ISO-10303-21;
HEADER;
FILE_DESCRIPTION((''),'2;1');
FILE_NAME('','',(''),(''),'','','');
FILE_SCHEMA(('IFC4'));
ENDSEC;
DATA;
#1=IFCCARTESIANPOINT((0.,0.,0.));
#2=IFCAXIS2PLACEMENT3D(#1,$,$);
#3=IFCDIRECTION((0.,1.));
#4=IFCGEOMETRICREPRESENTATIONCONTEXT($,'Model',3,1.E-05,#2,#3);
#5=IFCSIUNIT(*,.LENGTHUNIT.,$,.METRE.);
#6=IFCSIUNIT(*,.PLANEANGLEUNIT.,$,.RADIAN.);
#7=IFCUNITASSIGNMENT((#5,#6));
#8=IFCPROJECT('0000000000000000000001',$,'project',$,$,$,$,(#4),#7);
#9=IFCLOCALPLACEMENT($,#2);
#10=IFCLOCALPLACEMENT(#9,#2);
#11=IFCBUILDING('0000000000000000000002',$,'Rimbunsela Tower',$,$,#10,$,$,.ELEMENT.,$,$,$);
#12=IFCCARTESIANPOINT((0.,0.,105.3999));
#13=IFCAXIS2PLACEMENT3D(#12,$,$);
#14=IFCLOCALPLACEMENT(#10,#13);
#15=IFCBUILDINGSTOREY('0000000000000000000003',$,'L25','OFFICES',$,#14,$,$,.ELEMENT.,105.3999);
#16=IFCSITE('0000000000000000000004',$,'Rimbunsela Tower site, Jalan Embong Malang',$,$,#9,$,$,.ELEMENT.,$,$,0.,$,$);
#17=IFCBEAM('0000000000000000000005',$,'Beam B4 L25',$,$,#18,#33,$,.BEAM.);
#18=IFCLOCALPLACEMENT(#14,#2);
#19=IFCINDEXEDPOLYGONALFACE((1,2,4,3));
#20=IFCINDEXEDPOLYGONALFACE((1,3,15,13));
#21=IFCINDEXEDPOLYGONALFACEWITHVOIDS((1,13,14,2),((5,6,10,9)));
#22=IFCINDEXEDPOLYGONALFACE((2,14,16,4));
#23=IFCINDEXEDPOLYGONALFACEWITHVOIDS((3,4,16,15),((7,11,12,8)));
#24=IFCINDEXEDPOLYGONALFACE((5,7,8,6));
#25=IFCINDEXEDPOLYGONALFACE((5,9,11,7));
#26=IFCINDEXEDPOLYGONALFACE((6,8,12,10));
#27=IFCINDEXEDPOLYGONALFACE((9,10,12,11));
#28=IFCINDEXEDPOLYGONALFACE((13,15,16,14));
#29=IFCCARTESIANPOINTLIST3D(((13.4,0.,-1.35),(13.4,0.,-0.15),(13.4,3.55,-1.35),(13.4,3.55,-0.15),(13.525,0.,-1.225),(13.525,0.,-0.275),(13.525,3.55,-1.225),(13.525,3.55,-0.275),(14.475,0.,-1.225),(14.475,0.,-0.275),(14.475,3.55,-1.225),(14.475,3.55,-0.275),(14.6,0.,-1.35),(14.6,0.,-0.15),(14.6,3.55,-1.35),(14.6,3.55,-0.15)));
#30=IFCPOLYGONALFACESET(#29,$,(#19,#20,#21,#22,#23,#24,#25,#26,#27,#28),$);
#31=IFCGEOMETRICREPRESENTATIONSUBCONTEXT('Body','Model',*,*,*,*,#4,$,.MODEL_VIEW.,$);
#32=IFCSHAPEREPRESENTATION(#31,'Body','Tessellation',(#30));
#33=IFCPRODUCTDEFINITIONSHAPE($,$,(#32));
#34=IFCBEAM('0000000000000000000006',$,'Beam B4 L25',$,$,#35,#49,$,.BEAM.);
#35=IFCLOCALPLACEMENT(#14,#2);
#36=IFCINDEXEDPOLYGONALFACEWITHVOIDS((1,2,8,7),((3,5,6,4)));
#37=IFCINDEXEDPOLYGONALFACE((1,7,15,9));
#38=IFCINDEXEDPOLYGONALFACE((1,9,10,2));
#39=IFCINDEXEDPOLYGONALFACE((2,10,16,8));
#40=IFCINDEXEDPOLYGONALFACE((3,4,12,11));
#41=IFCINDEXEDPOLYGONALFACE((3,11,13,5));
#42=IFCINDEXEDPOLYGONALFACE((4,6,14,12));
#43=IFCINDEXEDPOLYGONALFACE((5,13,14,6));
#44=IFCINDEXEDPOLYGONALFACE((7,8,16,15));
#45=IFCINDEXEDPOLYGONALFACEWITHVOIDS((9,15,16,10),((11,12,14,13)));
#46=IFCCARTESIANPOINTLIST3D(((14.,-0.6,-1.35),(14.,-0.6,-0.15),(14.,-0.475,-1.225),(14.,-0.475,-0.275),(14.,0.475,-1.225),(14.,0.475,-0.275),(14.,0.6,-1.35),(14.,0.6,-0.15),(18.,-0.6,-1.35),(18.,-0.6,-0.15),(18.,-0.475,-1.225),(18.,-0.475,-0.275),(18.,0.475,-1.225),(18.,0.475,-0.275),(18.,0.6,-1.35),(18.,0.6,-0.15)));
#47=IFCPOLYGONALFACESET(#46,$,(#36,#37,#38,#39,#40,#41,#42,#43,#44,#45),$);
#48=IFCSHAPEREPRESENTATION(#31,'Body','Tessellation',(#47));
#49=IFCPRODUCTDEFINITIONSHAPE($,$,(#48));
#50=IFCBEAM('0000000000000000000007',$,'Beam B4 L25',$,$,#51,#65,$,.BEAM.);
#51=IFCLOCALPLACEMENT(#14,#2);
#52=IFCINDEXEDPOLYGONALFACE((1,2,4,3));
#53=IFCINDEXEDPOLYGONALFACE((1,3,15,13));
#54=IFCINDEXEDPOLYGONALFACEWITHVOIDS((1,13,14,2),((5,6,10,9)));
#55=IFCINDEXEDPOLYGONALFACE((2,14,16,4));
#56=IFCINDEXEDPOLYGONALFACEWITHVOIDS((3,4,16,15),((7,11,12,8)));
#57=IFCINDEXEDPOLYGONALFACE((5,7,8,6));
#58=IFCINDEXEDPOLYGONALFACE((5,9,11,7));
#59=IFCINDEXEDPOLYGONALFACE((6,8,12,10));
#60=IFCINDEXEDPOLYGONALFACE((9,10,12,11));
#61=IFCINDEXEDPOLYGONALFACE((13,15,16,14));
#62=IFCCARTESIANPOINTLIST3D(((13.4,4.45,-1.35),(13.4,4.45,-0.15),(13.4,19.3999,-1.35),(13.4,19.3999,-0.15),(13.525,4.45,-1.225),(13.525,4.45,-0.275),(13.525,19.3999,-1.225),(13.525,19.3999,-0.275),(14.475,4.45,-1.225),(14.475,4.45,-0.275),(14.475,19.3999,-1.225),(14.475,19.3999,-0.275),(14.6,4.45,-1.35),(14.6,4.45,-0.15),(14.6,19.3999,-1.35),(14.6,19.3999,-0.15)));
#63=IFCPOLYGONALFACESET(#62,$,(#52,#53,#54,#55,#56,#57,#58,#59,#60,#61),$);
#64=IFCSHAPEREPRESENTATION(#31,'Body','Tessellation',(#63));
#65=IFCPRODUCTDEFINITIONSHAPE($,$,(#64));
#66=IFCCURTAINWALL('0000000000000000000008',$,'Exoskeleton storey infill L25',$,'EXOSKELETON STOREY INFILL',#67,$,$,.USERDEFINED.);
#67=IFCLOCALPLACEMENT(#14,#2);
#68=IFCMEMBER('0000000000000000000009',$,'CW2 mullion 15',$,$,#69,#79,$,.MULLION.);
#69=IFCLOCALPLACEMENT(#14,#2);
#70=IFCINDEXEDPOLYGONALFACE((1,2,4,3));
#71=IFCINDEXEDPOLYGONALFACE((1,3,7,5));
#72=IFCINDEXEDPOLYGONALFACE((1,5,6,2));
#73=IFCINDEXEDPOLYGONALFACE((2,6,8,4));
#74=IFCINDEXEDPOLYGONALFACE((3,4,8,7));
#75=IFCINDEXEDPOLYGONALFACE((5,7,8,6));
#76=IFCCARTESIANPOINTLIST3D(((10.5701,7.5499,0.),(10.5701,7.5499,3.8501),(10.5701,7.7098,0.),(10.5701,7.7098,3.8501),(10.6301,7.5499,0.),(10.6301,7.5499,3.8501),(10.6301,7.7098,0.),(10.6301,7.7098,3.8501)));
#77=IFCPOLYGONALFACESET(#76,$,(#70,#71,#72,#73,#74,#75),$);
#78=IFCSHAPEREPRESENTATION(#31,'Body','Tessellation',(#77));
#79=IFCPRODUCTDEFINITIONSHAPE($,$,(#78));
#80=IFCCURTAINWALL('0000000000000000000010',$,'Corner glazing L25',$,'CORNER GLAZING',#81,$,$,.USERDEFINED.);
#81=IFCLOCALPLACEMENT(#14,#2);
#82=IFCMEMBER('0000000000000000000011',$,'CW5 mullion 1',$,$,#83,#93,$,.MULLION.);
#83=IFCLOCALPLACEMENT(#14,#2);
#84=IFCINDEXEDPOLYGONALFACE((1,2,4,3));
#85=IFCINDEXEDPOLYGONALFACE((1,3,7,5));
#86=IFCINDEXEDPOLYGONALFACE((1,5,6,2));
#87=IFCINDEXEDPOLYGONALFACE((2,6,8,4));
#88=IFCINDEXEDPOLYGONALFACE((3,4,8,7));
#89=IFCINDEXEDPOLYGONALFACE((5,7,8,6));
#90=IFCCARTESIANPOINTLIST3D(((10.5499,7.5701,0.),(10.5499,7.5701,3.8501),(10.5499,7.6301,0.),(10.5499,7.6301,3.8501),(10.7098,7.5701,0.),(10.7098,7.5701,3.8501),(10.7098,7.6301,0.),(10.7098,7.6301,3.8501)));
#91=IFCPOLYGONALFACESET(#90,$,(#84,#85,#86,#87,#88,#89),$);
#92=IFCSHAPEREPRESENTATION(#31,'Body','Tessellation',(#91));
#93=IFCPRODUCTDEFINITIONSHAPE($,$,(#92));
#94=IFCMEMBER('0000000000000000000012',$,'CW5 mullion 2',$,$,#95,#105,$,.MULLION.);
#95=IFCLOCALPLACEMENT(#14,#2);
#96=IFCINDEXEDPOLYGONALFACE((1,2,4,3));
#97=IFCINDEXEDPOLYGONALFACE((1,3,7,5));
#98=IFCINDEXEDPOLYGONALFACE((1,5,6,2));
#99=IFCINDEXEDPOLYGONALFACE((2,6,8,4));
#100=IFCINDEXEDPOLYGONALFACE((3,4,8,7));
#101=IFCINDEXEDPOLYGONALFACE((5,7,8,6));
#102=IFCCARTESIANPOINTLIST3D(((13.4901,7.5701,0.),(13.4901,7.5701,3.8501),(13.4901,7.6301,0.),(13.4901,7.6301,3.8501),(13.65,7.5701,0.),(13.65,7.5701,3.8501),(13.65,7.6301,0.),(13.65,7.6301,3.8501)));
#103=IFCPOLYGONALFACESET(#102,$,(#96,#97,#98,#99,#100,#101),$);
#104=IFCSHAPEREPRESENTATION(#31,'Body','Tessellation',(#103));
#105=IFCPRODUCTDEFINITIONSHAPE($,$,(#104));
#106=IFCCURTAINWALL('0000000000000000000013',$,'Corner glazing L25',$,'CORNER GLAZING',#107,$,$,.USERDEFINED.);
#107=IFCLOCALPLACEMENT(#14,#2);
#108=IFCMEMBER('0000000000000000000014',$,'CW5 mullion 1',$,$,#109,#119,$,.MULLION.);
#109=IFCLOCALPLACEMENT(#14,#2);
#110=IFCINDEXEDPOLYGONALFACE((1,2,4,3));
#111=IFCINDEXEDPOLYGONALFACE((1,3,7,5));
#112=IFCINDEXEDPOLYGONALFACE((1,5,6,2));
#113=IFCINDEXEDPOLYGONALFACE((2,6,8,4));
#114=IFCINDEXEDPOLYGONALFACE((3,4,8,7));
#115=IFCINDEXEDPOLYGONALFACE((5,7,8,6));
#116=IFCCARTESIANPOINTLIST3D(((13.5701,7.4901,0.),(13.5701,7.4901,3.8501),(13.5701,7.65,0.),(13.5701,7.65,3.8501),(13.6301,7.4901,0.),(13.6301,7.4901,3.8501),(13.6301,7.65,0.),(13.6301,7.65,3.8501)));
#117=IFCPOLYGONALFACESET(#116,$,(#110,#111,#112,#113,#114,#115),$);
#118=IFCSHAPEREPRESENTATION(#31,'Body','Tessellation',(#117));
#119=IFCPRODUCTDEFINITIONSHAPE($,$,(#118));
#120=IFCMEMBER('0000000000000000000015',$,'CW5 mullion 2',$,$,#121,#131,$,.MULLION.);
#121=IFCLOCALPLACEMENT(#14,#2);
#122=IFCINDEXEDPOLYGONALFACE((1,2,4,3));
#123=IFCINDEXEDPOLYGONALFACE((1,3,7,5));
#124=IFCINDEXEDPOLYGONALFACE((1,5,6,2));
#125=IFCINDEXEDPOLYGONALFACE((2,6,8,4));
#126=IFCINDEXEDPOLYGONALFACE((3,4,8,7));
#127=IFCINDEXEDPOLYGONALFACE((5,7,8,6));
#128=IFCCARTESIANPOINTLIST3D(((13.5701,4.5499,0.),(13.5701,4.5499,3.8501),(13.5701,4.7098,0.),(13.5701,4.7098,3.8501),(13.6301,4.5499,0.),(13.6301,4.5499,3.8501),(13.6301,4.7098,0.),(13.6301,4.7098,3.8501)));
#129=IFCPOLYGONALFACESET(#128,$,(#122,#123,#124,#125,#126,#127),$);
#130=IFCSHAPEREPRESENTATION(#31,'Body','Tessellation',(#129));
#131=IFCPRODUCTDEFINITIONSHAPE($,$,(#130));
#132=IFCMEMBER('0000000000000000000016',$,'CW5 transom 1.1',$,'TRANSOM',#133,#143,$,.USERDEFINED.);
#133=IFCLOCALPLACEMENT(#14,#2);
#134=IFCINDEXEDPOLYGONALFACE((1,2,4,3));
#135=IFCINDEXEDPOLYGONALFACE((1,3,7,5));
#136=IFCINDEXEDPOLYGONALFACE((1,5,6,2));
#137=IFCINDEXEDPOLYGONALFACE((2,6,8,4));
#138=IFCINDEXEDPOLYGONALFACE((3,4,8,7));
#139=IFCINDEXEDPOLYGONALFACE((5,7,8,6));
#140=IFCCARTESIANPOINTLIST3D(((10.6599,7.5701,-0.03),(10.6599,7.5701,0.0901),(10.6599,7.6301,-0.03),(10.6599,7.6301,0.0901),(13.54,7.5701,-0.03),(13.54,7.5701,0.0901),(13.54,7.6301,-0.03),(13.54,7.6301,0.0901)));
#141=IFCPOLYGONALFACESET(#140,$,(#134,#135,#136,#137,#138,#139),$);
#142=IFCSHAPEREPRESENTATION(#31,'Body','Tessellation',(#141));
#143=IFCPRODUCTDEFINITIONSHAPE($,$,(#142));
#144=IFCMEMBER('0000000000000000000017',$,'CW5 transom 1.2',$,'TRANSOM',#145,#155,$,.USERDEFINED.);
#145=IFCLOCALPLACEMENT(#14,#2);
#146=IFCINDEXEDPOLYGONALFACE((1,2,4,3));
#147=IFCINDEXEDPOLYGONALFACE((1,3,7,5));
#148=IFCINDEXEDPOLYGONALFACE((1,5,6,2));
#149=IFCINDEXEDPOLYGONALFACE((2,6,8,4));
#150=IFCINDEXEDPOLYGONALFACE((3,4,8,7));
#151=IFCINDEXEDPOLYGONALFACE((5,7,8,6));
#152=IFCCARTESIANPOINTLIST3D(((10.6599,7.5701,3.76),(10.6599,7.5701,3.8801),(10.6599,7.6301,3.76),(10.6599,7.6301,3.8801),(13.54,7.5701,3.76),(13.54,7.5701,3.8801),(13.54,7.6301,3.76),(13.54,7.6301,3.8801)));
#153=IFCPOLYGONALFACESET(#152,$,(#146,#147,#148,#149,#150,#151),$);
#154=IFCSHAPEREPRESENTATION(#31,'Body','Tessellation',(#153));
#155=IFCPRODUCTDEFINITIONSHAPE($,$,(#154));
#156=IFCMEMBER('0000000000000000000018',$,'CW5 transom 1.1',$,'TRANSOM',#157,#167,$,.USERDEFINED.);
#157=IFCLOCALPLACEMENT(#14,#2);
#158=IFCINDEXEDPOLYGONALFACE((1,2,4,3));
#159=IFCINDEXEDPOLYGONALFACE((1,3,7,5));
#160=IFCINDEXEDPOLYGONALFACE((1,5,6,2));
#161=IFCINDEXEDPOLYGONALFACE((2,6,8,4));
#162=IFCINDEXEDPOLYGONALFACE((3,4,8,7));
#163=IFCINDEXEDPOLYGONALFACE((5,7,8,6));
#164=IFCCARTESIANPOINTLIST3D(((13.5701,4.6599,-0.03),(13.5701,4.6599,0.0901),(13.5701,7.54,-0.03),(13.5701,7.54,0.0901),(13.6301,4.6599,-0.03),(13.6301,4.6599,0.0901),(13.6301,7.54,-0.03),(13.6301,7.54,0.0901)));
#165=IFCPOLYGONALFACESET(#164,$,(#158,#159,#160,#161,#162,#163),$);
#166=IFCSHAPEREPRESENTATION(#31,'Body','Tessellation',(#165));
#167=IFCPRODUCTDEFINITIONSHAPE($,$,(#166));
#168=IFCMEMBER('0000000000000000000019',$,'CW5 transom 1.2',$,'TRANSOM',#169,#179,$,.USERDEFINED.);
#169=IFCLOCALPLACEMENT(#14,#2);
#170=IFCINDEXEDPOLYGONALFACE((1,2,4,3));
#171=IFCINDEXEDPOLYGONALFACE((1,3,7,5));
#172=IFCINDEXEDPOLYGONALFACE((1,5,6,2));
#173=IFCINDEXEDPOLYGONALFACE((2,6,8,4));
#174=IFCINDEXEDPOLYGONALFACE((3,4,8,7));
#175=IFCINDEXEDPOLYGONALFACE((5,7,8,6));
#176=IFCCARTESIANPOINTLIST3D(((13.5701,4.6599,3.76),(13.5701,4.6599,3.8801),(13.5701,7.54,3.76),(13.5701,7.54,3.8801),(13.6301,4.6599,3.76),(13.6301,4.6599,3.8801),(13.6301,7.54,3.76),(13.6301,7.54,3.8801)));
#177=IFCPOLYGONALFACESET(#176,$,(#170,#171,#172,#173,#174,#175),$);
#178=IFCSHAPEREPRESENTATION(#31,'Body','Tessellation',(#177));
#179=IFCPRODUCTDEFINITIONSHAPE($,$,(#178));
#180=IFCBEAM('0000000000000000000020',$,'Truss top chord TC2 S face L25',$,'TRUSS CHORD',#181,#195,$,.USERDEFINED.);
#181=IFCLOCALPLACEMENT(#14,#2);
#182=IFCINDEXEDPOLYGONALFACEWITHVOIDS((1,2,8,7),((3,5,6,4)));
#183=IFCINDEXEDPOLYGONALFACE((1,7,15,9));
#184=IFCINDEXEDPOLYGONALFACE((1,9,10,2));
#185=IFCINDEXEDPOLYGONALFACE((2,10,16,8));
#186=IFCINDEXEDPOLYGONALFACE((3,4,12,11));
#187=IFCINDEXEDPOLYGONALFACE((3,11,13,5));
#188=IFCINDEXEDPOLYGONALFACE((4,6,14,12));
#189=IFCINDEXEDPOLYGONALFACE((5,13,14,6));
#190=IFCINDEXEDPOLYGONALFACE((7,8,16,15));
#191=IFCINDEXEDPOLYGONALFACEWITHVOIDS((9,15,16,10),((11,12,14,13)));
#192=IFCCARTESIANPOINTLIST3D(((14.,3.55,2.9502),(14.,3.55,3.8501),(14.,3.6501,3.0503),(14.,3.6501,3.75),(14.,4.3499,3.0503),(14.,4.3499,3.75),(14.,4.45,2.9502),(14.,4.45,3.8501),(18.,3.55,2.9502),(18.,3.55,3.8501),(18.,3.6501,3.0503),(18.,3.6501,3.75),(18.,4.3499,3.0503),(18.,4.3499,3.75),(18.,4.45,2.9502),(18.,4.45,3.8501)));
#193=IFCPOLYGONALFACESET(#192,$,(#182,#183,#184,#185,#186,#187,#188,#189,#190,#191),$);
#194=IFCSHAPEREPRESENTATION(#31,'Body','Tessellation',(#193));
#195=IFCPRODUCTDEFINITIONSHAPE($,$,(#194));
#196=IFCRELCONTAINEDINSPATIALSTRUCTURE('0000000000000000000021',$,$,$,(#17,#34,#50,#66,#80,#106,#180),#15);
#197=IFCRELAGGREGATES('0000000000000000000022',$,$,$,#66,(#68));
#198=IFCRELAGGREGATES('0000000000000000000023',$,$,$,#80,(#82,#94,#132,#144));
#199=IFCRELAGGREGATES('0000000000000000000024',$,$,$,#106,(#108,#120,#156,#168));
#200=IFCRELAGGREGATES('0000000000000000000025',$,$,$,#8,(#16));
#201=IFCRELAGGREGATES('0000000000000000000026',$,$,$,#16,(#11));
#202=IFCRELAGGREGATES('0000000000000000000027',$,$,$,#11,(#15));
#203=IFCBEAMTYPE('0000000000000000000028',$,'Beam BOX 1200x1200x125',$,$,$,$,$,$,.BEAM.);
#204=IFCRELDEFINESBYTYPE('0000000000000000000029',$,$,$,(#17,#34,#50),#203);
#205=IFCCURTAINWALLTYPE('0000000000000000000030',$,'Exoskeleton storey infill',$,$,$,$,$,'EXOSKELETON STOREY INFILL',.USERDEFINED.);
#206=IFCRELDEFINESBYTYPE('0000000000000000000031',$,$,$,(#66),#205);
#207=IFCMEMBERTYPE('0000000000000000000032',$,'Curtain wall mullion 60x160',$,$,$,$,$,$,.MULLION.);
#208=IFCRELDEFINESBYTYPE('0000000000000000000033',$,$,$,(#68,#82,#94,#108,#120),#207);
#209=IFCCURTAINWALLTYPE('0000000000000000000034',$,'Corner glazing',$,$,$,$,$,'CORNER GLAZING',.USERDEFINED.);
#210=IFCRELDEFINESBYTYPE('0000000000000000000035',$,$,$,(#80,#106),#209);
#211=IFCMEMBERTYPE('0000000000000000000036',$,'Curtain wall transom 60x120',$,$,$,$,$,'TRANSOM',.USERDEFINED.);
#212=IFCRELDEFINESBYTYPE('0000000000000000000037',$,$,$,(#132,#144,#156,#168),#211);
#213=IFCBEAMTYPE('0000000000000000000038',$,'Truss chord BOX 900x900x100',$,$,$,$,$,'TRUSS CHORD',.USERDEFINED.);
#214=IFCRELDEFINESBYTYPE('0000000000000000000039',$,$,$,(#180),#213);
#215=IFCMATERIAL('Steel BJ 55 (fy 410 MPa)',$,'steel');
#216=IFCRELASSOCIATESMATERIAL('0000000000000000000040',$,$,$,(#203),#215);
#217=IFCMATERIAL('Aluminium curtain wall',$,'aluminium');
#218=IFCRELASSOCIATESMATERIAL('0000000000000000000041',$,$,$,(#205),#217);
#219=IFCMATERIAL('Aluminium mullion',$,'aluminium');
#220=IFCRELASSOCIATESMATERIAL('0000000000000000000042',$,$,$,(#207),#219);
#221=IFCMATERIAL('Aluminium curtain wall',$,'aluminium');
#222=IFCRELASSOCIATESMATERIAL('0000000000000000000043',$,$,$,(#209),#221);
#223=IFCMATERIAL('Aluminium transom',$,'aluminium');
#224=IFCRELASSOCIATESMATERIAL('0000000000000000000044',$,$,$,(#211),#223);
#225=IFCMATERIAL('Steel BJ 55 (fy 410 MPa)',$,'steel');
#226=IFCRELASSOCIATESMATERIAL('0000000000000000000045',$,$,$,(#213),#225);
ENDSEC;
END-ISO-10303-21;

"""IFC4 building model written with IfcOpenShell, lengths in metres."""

from ifc_helpers import new_model, si_unit, direction, frame, origin, origin_2d, place, context, subcontext, project, spatial, rectangle, hollow_rectangle, extrude, material, material_profile, profile_set, type_object, element, aggregate, save


model = new_model("IFC4")

# Units and contexts
model_context = context("Model", 3, precision=1e-05, world=origin(), true_north=direction((0.0, 1.0)))
body_context = subcontext(model_context, "Body", "Model", "MODEL_VIEW")
ifc_project = project(units=[si_unit("LENGTHUNIT", "METRE"), si_unit("PLANEANGLEUNIT", "RADIAN")], contexts=[model_context])

# Site, building, storey
site_placement = place(None, origin())
site = spatial("IfcSite", under=ifc_project, at=site_placement, Name="Rimbunsela Tower site, Jalan Embong Malang", CompositionType="ELEMENT", RefElevation=0.0)
building_placement = place(site_placement, origin())
building = spatial("IfcBuilding", under=site, at=building_placement, Name="Rimbunsela Tower", CompositionType="ELEMENT")
storey_placement = place(building_placement, frame((0.0, 0.0, 105.3999)))
storey = spatial("IfcBuildingStorey", under=building, at=storey_placement, Name="L25", Description="OFFICES", CompositionType="ELEMENT", Elevation=105.3999)

# Beams
ifc_material_1 = material(Name="Steel BJ 55 (fy 410 MPa)", Category="steel")
ifc_material_profile_1 = material_profile(ifc_material_1, hollow_rectangle(XDim=1.2, YDim=1.2, WallThickness=0.125, at=origin_2d()), Name="BOX 1200x1200x125")
ifc_profile_set_1 = profile_set([ifc_material_profile_1], Name="Steel BJ 55 (fy 410 MPa)")
beam_type_1 = type_object("IfcBeamType", Name="Beam BOX 1200x1200x125", PredefinedType="BEAM", material=ifc_profile_set_1)
beam_1_placement = place(storey_placement, frame((14.0, 0.0, -0.75), z_axis=(0.0, 1.0, 0.0), x_axis=(-1.0, 0.0, 0.0)))
element("IfcBeam", 1, at=beam_1_placement, inside=storey, type_object=beam_type_1, Name="Beam B4 L25", PredefinedType="BEAM", context=body_context, shape_type="SweptSolid", body=[
    extrude(hollow_rectangle(XDim=1.2, YDim=1.2, WallThickness=0.125, at=origin_2d()), origin(), (0.0, 0.0, 1.0), 3.55),
])
beam_2_placement = place(storey_placement, frame((14.0, 0.0, -0.75), z_axis=(1.0, 0.0, 0.0), x_axis=(0.0, 1.0, 0.0)))
element("IfcBeam", 2, at=beam_2_placement, inside=storey, type_object=beam_type_1, Name="Beam B4 L25", PredefinedType="BEAM", context=body_context, shape_type="SweptSolid", body=[
    extrude(hollow_rectangle(XDim=1.2, YDim=1.2, WallThickness=0.125, at=origin_2d()), origin(), (0.0, 0.0, 1.0), 4.0),
])
beam_3_placement = place(storey_placement, frame((14.0, 4.45, -0.75), z_axis=(0.0, 1.0, 0.0), x_axis=(-1.0, 0.0, 0.0)))
element("IfcBeam", 3, at=beam_3_placement, inside=storey, type_object=beam_type_1, Name="Beam B4 L25", PredefinedType="BEAM", context=body_context, shape_type="SweptSolid", body=[
    extrude(hollow_rectangle(XDim=1.2, YDim=1.2, WallThickness=0.125, at=origin_2d()), origin(), (0.0, 0.0, 1.0), 14.95),
])

# Curtain wall, member
ifc_material_2 = material(Name="Aluminium curtain wall", Category="aluminium")
curtain_wall_type_1 = type_object("IfcCurtainWallType", Name="Exoskeleton storey infill", ElementType="EXOSKELETON STOREY INFILL", PredefinedType="USERDEFINED", material=ifc_material_2)
curtain_wall_1_placement = place(storey_placement, origin())
curtain_wall_1 = element("IfcCurtainWall", 4, at=curtain_wall_1_placement, inside=storey, type_object=curtain_wall_type_1, Name="Exoskeleton storey infill L25", ObjectType="EXOSKELETON STOREY INFILL", PredefinedType="USERDEFINED")
ifc_material_3 = material(Name="Aluminium mullion", Category="aluminium")
ifc_material_profile_2 = material_profile(ifc_material_3, rectangle(XDim=0.0601, YDim=0.1599, at=origin_2d()), Name="Mullion 60x160")
ifc_profile_set_2 = profile_set([ifc_material_profile_2], Name="Aluminium mullion")
member_type_1 = type_object("IfcMemberType", Name="Curtain wall mullion 60x160", PredefinedType="MULLION", material=ifc_profile_set_2)
member_1_placement = place(storey_placement, frame((10.6001, 7.6299, 0.0), z_axis=(0.0, 0.0, 1.0), x_axis=(1.0, 0.0, 0.0)))
member_1 = element("IfcMember", 5, at=member_1_placement, type_object=member_type_1, Name="CW2 mullion 15", PredefinedType="MULLION", context=body_context, shape_type="SweptSolid", body=[
    extrude(rectangle(XDim=0.0601, YDim=0.1599, at=origin_2d()), origin(), (0.0, 0.0, 1.0), 3.8501),
])
aggregate(curtain_wall_1, [member_1])

# Curtain walls, members
ifc_material_4 = material(Name="Aluminium curtain wall", Category="aluminium")
curtain_wall_type_2 = type_object("IfcCurtainWallType", Name="Corner glazing", ElementType="CORNER GLAZING", PredefinedType="USERDEFINED", material=ifc_material_4)
curtain_wall_2_placement = place(storey_placement, origin())
curtain_wall_2 = element("IfcCurtainWall", 6, at=curtain_wall_2_placement, inside=storey, type_object=curtain_wall_type_2, Name="Corner glazing L25", ObjectType="CORNER GLAZING", PredefinedType="USERDEFINED")
member_2_placement = place(storey_placement, frame((10.6299, 7.6001, 0.0), z_axis=(0.0, 0.0, 1.0), x_axis=(0.0, 1.0, 0.0)))
member_2 = element("IfcMember", 7, at=member_2_placement, type_object=member_type_1, Name="CW5 mullion 1", PredefinedType="MULLION", context=body_context, shape_type="SweptSolid", body=[
    extrude(rectangle(XDim=0.0601, YDim=0.1599, at=origin_2d()), origin(), (0.0, 0.0, 1.0), 3.8501),
])
member_3_placement = place(storey_placement, frame((13.5701, 7.6001, 0.0), z_axis=(0.0, 0.0, 1.0), x_axis=(0.0, 1.0, 0.0)))
member_3 = element("IfcMember", 8, at=member_3_placement, type_object=member_type_1, Name="CW5 mullion 2", PredefinedType="MULLION", context=body_context, shape_type="SweptSolid", body=[
    extrude(rectangle(XDim=0.0601, YDim=0.1599, at=origin_2d()), origin(), (0.0, 0.0, 1.0), 3.8501),
])
curtain_wall_3_placement = place(storey_placement, origin())
curtain_wall_3 = element("IfcCurtainWall", 9, at=curtain_wall_3_placement, inside=storey, type_object=curtain_wall_type_2, Name="Corner glazing L25", ObjectType="CORNER GLAZING", PredefinedType="USERDEFINED")
member_4_placement = place(storey_placement, frame((13.6001, 7.5701, 0.0), z_axis=(0.0, 0.0, 1.0), x_axis=(1.0, 0.0, 0.0)))
member_4 = element("IfcMember", 10, at=member_4_placement, type_object=member_type_1, Name="CW5 mullion 1", PredefinedType="MULLION", context=body_context, shape_type="SweptSolid", body=[
    extrude(rectangle(XDim=0.0601, YDim=0.1599, at=origin_2d()), origin(), (0.0, 0.0, 1.0), 3.8501),
])
member_5_placement = place(storey_placement, frame((13.6001, 4.6299, 0.0), z_axis=(0.0, 0.0, 1.0), x_axis=(1.0, 0.0, 0.0)))
member_5 = element("IfcMember", 11, at=member_5_placement, type_object=member_type_1, Name="CW5 mullion 2", PredefinedType="MULLION", context=body_context, shape_type="SweptSolid", body=[
    extrude(rectangle(XDim=0.0601, YDim=0.1599, at=origin_2d()), origin(), (0.0, 0.0, 1.0), 3.8501),
])

# Members
ifc_material_5 = material(Name="Aluminium transom", Category="aluminium")
ifc_material_profile_3 = material_profile(ifc_material_5, rectangle(XDim=0.0601, YDim=0.1201, at=origin_2d()), Name="Transom 60x120")
ifc_profile_set_3 = profile_set([ifc_material_profile_3], Name="Aluminium transom")
member_type_2 = type_object("IfcMemberType", Name="Curtain wall transom 60x120", ElementType="TRANSOM", PredefinedType="USERDEFINED", material=ifc_profile_set_3)
member_6_placement = place(storey_placement, frame((10.6599, 7.6001, 0.03), z_axis=(1.0, 0.0, 0.0), x_axis=(0.0, 1.0, 0.0)))
member_6 = element("IfcMember", 12, at=member_6_placement, type_object=member_type_2, Name="CW5 transom 1.1", ObjectType="TRANSOM", PredefinedType="USERDEFINED", context=body_context, shape_type="SweptSolid", body=[
    extrude(rectangle(XDim=0.0601, YDim=0.1201, at=origin_2d()), origin(), (0.0, 0.0, 1.0), 2.8801),
])
member_7_placement = place(storey_placement, frame((10.6599, 7.6001, 3.8201), z_axis=(1.0, 0.0, 0.0), x_axis=(0.0, 1.0, 0.0)))
member_7 = element("IfcMember", 13, at=member_7_placement, type_object=member_type_2, Name="CW5 transom 1.2", ObjectType="TRANSOM", PredefinedType="USERDEFINED", context=body_context, shape_type="SweptSolid", body=[
    extrude(rectangle(XDim=0.0601, YDim=0.1201, at=origin_2d()), origin(), (0.0, 0.0, 1.0), 2.8801),
])
member_8_placement = place(storey_placement, frame((13.6001, 7.54, 0.03), z_axis=(0.0, -1.0, 0.0), x_axis=(1.0, 0.0, 0.0)))
member_8 = element("IfcMember", 14, at=member_8_placement, type_object=member_type_2, Name="CW5 transom 1.1", ObjectType="TRANSOM", PredefinedType="USERDEFINED", context=body_context, shape_type="SweptSolid", body=[
    extrude(rectangle(XDim=0.0601, YDim=0.1201, at=origin_2d()), origin(), (0.0, 0.0, 1.0), 2.8801),
])
member_9_placement = place(storey_placement, frame((13.6001, 7.54, 3.8201), z_axis=(0.0, -1.0, 0.0), x_axis=(1.0, 0.0, 0.0)))
member_9 = element("IfcMember", 15, at=member_9_placement, type_object=member_type_2, Name="CW5 transom 1.2", ObjectType="TRANSOM", PredefinedType="USERDEFINED", context=body_context, shape_type="SweptSolid", body=[
    extrude(rectangle(XDim=0.0601, YDim=0.1201, at=origin_2d()), origin(), (0.0, 0.0, 1.0), 2.8801),
])

# Beam
ifc_material_6 = material(Name="Steel BJ 55 (fy 410 MPa)", Category="steel")
ifc_material_profile_4 = material_profile(ifc_material_6, hollow_rectangle(XDim=0.8999, YDim=0.8999, WallThickness=0.1001, at=origin_2d()), Name="BOX 900x900x100")
ifc_profile_set_4 = profile_set([ifc_material_profile_4], Name="Steel BJ 55 (fy 410 MPa)")
beam_type_2 = type_object("IfcBeamType", Name="Truss chord BOX 900x900x100", ElementType="TRUSS CHORD", PredefinedType="USERDEFINED", material=ifc_profile_set_4)
beam_4_placement = place(storey_placement, frame((14.0, 4.0, 3.4001), z_axis=(1.0, 0.0, 0.0), x_axis=(0.0, 1.0, 0.0)))
element("IfcBeam", 16, at=beam_4_placement, inside=storey, type_object=beam_type_2, Name="Truss top chord TC2 S face L25", ObjectType="TRUSS CHORD", PredefinedType="USERDEFINED", context=body_context, shape_type="SweptSolid", body=[
    extrude(hollow_rectangle(XDim=0.8999, YDim=0.8999, WallThickness=0.1001, at=origin_2d()), origin(), (0.0, 0.0, 1.0), 4.0),
])

aggregate(curtain_wall_2, [member_2, member_3, member_6, member_7])
aggregate(curtain_wall_3, [member_4, member_5, member_8, member_9])

save(model, "model.ifc")
